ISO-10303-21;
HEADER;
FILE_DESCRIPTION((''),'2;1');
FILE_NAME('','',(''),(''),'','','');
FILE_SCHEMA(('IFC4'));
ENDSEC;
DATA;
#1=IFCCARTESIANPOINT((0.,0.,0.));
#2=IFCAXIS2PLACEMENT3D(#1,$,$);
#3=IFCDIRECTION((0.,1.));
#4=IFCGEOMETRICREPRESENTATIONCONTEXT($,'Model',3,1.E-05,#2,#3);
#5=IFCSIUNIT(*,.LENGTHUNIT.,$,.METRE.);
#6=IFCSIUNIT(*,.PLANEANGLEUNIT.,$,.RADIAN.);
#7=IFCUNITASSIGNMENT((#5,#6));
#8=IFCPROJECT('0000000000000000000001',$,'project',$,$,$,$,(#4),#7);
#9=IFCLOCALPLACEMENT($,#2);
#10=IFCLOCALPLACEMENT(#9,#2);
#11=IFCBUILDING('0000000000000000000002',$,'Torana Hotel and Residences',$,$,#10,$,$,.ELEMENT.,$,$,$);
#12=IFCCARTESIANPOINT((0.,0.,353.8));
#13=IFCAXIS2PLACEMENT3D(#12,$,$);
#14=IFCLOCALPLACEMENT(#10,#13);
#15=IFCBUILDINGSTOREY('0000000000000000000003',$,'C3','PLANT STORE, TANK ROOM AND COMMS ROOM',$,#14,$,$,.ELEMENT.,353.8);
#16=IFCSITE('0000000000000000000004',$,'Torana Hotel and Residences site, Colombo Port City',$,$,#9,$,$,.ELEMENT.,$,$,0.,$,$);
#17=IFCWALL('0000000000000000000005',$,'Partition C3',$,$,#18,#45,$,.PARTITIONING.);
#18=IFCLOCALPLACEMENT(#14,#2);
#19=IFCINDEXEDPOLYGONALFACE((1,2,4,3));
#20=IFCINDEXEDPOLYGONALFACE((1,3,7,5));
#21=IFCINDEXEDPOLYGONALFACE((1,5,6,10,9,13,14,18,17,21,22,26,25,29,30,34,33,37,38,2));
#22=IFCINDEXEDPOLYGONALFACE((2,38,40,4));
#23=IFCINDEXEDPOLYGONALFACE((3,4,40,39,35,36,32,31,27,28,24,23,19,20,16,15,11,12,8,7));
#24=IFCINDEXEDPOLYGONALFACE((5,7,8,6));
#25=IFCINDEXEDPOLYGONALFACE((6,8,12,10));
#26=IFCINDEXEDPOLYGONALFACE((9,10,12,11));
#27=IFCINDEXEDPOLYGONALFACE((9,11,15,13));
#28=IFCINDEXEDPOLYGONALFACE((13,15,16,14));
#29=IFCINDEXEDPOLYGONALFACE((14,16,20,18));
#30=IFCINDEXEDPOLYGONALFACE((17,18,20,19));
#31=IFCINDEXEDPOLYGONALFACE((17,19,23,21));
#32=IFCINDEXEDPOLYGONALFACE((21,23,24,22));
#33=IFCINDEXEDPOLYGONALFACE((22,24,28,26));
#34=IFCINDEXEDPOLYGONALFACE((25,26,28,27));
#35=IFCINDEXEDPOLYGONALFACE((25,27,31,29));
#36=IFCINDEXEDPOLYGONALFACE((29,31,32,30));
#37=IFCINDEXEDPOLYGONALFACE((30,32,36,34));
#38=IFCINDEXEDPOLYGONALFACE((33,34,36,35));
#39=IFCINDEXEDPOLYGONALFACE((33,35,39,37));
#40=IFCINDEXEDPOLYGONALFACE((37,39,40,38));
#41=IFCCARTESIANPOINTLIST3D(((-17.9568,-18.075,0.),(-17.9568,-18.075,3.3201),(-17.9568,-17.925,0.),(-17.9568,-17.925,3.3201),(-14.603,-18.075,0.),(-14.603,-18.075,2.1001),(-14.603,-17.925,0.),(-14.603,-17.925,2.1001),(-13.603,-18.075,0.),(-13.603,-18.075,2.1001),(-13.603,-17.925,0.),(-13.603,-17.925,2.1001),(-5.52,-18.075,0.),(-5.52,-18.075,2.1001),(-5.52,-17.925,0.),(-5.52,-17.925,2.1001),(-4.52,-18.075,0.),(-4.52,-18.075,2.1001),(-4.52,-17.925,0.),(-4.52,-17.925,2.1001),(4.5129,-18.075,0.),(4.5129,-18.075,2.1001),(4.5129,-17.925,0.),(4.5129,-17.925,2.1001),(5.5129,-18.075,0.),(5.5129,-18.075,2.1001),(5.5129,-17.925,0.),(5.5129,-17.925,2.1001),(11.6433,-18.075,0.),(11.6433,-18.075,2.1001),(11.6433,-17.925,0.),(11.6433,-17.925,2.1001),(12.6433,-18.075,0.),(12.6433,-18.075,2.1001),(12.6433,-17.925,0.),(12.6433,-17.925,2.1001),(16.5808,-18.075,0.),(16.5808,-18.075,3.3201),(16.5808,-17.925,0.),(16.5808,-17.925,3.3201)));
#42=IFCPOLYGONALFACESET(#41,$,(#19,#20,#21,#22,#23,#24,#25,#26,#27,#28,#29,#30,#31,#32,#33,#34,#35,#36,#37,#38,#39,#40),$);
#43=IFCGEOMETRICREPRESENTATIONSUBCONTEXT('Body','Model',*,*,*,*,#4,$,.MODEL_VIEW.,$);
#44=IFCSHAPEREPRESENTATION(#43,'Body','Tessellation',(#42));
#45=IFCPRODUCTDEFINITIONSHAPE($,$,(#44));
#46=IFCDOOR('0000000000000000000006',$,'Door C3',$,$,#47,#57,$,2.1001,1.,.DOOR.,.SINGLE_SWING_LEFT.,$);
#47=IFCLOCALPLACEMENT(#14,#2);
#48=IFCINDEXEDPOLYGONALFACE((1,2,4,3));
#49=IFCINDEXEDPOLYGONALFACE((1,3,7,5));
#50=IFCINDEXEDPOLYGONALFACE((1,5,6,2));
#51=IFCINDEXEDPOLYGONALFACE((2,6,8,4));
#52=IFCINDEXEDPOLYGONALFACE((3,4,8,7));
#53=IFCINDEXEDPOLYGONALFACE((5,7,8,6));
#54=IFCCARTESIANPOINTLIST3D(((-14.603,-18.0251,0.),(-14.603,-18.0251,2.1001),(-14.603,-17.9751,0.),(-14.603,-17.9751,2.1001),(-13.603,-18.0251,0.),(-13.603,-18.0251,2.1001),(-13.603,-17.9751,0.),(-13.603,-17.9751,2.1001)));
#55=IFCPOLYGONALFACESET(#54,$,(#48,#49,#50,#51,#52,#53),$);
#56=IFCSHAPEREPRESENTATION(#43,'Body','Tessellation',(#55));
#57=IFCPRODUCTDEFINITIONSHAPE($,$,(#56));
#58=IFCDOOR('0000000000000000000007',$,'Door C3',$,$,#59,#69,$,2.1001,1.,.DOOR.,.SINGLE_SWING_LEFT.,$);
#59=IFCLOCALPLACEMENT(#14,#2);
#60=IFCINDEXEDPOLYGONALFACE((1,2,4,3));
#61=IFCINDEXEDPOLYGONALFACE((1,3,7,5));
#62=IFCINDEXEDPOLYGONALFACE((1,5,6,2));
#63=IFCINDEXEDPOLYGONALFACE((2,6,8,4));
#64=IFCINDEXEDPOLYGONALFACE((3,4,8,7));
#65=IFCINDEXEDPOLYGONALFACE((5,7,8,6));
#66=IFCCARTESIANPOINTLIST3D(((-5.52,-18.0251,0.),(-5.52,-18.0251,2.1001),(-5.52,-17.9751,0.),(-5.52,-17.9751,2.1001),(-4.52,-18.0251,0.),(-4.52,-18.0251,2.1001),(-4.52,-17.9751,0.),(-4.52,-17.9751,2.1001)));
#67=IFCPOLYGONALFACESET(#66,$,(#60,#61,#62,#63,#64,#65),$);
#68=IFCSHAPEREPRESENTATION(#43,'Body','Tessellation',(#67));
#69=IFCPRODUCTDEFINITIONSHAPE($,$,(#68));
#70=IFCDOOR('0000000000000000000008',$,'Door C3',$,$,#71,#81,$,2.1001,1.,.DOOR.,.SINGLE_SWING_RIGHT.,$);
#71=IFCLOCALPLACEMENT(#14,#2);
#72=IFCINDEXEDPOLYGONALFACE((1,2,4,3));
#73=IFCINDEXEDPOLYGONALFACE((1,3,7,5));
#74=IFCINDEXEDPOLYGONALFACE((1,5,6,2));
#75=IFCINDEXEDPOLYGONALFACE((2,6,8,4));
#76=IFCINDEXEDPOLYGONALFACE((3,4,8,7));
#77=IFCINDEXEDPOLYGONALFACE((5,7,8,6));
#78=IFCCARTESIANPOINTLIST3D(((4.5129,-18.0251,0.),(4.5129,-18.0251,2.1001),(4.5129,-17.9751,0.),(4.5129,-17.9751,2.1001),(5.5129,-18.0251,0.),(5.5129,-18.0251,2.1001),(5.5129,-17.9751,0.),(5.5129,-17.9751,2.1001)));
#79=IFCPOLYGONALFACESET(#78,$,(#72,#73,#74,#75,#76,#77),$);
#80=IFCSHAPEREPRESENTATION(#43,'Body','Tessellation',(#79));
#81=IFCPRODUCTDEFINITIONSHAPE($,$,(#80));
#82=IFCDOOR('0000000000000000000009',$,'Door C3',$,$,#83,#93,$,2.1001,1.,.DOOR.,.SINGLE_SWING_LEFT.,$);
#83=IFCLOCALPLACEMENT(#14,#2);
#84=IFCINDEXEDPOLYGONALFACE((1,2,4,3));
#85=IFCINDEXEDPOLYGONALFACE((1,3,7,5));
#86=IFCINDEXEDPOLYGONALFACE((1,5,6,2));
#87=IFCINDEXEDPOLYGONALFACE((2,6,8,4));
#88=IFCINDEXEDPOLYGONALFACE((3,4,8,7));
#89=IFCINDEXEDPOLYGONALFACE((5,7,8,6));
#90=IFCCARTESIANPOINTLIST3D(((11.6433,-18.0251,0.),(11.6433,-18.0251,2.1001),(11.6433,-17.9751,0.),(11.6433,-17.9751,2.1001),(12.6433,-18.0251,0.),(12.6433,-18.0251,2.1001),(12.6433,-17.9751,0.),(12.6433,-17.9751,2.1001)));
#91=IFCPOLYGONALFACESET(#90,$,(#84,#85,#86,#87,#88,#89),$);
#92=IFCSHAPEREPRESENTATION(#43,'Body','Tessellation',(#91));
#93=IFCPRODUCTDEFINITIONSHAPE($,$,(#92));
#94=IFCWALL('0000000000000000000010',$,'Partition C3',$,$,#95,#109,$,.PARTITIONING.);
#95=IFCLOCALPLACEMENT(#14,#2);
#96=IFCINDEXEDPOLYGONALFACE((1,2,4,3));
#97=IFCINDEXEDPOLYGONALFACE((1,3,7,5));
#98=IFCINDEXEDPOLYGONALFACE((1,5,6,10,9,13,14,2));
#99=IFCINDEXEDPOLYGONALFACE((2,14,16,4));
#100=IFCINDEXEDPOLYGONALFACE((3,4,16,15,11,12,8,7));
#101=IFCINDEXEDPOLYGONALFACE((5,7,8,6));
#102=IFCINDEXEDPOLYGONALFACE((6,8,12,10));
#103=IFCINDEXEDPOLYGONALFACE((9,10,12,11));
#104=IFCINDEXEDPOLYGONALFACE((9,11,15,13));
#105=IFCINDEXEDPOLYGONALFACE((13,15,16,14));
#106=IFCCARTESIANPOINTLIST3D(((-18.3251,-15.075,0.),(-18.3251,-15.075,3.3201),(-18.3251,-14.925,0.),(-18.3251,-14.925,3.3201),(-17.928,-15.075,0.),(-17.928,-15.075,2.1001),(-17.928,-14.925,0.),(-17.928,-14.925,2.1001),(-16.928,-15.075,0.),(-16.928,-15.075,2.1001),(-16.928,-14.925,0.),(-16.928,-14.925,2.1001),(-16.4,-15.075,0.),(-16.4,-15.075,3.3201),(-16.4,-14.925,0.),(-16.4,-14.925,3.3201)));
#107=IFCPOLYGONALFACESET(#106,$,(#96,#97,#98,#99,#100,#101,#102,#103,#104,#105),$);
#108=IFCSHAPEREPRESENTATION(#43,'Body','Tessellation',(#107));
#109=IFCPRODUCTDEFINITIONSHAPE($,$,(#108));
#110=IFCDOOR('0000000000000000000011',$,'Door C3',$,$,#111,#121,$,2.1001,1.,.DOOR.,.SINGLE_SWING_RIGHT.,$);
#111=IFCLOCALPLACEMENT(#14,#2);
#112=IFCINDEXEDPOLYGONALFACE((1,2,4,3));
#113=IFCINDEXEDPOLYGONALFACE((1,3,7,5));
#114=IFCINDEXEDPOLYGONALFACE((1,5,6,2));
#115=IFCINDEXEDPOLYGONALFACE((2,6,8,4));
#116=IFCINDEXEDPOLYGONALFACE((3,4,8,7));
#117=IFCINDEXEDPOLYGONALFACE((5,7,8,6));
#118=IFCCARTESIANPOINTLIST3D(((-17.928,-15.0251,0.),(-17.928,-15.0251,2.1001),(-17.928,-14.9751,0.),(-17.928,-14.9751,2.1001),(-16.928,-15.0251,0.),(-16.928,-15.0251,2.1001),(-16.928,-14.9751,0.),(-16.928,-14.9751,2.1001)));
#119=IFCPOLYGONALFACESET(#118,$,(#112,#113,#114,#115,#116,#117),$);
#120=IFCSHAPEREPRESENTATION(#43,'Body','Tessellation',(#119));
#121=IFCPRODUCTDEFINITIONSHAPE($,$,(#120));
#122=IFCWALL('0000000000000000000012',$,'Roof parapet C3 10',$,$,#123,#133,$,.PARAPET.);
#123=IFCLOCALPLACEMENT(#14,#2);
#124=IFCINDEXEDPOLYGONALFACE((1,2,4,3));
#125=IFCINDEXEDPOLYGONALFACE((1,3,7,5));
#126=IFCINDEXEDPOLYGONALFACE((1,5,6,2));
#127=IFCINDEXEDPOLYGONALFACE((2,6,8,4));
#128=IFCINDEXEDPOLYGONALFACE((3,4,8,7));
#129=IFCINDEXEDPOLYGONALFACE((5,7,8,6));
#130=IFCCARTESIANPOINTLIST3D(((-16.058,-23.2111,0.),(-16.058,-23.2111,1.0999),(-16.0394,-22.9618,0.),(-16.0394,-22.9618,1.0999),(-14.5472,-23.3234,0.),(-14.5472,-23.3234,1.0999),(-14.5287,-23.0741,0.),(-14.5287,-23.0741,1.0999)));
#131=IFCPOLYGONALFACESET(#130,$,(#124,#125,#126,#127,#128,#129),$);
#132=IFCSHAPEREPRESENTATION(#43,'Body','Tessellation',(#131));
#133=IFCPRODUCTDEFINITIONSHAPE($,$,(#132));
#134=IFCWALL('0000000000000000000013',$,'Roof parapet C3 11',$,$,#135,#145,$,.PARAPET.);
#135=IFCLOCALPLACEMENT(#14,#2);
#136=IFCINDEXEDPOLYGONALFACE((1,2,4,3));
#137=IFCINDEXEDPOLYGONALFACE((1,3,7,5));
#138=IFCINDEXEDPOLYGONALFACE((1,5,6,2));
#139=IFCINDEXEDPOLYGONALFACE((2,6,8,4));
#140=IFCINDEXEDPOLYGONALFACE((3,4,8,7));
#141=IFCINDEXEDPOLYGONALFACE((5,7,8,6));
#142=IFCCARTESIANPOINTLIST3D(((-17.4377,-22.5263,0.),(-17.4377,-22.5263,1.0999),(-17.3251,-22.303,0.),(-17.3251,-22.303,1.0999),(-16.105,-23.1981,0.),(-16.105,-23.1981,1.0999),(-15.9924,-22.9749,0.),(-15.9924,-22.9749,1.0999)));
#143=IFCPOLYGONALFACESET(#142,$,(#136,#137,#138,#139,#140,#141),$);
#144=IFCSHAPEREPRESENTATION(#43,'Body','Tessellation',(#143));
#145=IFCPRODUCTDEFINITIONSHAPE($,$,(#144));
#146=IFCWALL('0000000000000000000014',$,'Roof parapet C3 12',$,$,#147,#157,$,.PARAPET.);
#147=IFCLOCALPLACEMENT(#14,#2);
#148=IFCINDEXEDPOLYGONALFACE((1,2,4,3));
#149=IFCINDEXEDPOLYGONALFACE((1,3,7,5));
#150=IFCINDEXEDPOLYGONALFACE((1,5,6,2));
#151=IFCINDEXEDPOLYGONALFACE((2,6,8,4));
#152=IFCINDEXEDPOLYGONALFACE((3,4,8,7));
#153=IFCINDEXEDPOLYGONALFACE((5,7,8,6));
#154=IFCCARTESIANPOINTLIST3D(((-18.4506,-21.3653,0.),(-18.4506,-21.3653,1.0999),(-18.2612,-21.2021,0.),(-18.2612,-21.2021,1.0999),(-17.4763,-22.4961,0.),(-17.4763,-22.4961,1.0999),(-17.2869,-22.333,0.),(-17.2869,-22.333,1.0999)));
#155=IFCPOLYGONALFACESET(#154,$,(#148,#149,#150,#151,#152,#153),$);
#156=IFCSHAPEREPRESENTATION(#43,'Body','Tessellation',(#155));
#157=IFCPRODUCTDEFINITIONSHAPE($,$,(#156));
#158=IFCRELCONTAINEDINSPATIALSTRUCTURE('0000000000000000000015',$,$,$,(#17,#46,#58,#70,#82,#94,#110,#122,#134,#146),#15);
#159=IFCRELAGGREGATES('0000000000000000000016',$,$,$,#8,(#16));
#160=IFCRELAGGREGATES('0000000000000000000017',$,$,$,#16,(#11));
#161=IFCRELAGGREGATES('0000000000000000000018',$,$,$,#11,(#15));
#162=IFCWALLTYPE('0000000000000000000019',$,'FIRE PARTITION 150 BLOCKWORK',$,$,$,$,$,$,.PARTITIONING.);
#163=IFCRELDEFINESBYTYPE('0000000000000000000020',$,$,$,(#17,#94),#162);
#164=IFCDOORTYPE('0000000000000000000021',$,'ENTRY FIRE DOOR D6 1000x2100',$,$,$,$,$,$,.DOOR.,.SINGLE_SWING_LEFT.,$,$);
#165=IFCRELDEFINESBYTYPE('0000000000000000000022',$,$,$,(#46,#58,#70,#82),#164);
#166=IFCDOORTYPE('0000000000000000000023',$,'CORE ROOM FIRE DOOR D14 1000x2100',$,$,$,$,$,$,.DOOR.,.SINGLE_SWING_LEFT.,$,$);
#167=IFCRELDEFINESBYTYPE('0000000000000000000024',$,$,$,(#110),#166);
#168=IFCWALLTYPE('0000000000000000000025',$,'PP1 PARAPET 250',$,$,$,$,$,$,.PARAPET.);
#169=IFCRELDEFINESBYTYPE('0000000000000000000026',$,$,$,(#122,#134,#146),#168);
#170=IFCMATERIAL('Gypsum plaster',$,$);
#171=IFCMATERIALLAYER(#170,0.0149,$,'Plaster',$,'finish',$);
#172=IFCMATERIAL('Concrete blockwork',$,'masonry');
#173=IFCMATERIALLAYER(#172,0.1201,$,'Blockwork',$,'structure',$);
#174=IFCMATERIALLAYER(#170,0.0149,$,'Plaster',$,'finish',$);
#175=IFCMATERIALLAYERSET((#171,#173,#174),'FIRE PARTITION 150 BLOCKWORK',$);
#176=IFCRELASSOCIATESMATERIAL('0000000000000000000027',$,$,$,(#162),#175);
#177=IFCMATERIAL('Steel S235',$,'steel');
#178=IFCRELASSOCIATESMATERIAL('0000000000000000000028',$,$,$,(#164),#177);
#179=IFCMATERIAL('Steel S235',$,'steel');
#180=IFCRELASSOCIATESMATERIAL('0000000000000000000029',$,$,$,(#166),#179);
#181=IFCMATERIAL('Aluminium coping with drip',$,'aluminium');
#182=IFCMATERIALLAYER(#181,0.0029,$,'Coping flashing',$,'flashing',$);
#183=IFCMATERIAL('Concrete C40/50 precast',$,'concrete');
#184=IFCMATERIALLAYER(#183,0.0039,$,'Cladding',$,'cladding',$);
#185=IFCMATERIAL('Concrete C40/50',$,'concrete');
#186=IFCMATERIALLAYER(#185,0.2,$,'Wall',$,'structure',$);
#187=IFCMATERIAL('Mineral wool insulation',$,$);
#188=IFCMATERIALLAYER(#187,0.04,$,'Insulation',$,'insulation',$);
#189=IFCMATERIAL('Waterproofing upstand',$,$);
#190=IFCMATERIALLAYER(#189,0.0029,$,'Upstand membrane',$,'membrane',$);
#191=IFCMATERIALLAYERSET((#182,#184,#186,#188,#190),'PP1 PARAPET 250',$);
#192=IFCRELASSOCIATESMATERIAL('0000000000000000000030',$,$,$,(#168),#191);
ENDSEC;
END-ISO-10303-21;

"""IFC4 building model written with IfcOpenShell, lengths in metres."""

from ifc_helpers import new_model, si_unit, direction, frame, frame_2d, origin, place, context, subcontext, project, spatial, rectangle, extrude, material, layer, layer_set, type_object, element, fill, save


model = new_model("IFC4")

# Units and contexts
model_context = context("Model", 3, precision=1e-05, world=origin(), true_north=direction((0.0, 1.0)))
body_context = subcontext(model_context, "Body", "Model", "MODEL_VIEW")
ifc_project = project(units=[si_unit("LENGTHUNIT", "METRE"), si_unit("PLANEANGLEUNIT", "RADIAN")], contexts=[model_context])

# Site, building, storey
site_placement = place(None, origin())
site = spatial("IfcSite", under=ifc_project, at=site_placement, Name="Torana Hotel and Residences site, Colombo Port City", CompositionType="ELEMENT", RefElevation=0.0)
building_placement = place(site_placement, origin())
building = spatial("IfcBuilding", under=site, at=building_placement, Name="Torana Hotel and Residences", CompositionType="ELEMENT")
storey_placement = place(building_placement, frame((0.0, 0.0, 353.8)))
storey = spatial("IfcBuildingStorey", under=building, at=storey_placement, Name="C3", Description="PLANT STORE, TANK ROOM AND COMMS ROOM", CompositionType="ELEMENT", Elevation=353.8)

# Wall, openings, doors
ifc_material_1 = material(Name="Gypsum plaster")
ifc_layer_1 = layer(ifc_material_1, 0.0149, Name="Plaster", Category="finish")
ifc_material_2 = material(Name="Concrete blockwork", Category="masonry")
ifc_layer_2 = layer(ifc_material_2, 0.1201, Name="Blockwork", Category="structure")
ifc_layer_3 = layer(ifc_material_1, 0.0149, Name="Plaster", Category="finish")
ifc_layer_set_1 = layer_set([ifc_layer_1, ifc_layer_2, ifc_layer_3], Name="FIRE PARTITION 150 BLOCKWORK")
wall_type_1 = type_object("IfcWallType", Name="FIRE PARTITION 150 BLOCKWORK", PredefinedType="PARTITIONING", material=ifc_layer_set_1)
wall_1_placement = place(storey_placement, frame((-17.9568, -18.0, 0.0), z_axis=(0.0, 0.0, 1.0), x_axis=(1.0, 0.0, 0.0)))
wall_1 = element("IfcWall", 1, at=wall_1_placement, inside=storey, type_object=wall_type_1, Name="Partition C3", PredefinedType="PARTITIONING", context=body_context, shape_type="SweptSolid", body=[
    extrude(rectangle(XDim=34.5376, YDim=0.1499, at=frame_2d((17.2688, 0.0))), origin(), (0.0, 0.0, 1.0), 3.3201),
])
opening_1_placement = place(wall_1_placement, frame((3.3538, 0.0, 0.0)))
opening_1 = element("IfcOpeningElement", 2, at=opening_1_placement, cuts=wall_1, PredefinedType="OPENING", context=body_context, shape_type="SweptSolid", body=[
    extrude(rectangle(XDim=1.0, YDim=2.1001, at=frame_2d((0.5, 1.05))), frame((0.0, 0.085, 0.0), z_axis=(0.0, -1.0, 0.0), x_axis=(1.0, 0.0, 0.0)), (0.0, 0.0, 1.0), 0.1699),
])
opening_2_placement = place(wall_1_placement, frame((12.4368, 0.0, 0.0)))
opening_2 = element("IfcOpeningElement", 3, at=opening_2_placement, cuts=wall_1, PredefinedType="OPENING", context=body_context, shape_type="SweptSolid", body=[
    extrude(rectangle(XDim=1.0, YDim=2.1001, at=frame_2d((0.5, 1.05))), frame((0.0, 0.085, 0.0), z_axis=(0.0, -1.0, 0.0), x_axis=(1.0, 0.0, 0.0)), (0.0, 0.0, 1.0), 0.1699),
])
opening_3_placement = place(wall_1_placement, frame((22.4697, 0.0, 0.0)))
opening_3 = element("IfcOpeningElement", 4, at=opening_3_placement, cuts=wall_1, PredefinedType="OPENING", context=body_context, shape_type="SweptSolid", body=[
    extrude(rectangle(XDim=1.0, YDim=2.1001, at=frame_2d((0.5, 1.05))), frame((0.0, 0.085, 0.0), z_axis=(0.0, -1.0, 0.0), x_axis=(1.0, 0.0, 0.0)), (0.0, 0.0, 1.0), 0.1699),
])
opening_4_placement = place(wall_1_placement, frame((29.6001, 0.0, 0.0)))
opening_4 = element("IfcOpeningElement", 5, at=opening_4_placement, cuts=wall_1, PredefinedType="OPENING", context=body_context, shape_type="SweptSolid", body=[
    extrude(rectangle(XDim=1.0, YDim=2.1001, at=frame_2d((0.5, 1.05))), frame((0.0, 0.085, 0.0), z_axis=(0.0, -1.0, 0.0), x_axis=(1.0, 0.0, 0.0)), (0.0, 0.0, 1.0), 0.1699),
])
ifc_material_3 = material(Name="Steel S235", Category="steel")
door_type_1 = type_object("IfcDoorType", Name="ENTRY FIRE DOOR D6 1000x2100", OperationType="SINGLE_SWING_LEFT", PredefinedType="DOOR", material=ifc_material_3)
door_1_placement = place(opening_1_placement, frame((0.5, 0.0, 0.0), z_axis=(0.0, 0.0, 1.0), x_axis=(-1.0, 0.0, 0.0)))
door_1 = element("IfcDoor", 6, at=door_1_placement, inside=storey, type_object=door_type_1, Name="Door C3", OperationType="SINGLE_SWING_LEFT", OverallHeight=2.1001, OverallWidth=1.0, PredefinedType="DOOR", context=body_context, shape_type="SweptSolid", body=[
    extrude(rectangle(XDim=1.0, YDim=2.1001, at=frame_2d((0.0, 1.05))), frame((0.0, -0.0249, 0.0), z_axis=(0.0, 1.0, 0.0), x_axis=(-1.0, 0.0, 0.0)), (0.0, 0.0, 1.0), 0.05),
])
fill(opening_1, door_1)
door_2_placement = place(opening_2_placement, frame((0.5, 0.0, 0.0), z_axis=(0.0, 0.0, 1.0), x_axis=(-1.0, 0.0, 0.0)))
door_2 = element("IfcDoor", 7, at=door_2_placement, inside=storey, type_object=door_type_1, Name="Door C3", OperationType="SINGLE_SWING_LEFT", OverallHeight=2.1001, OverallWidth=1.0, PredefinedType="DOOR", context=body_context, shape_type="SweptSolid", body=[
    extrude(rectangle(XDim=1.0, YDim=2.1001, at=frame_2d((0.0, 1.05))), frame((0.0, -0.0249, 0.0), z_axis=(0.0, 1.0, 0.0), x_axis=(-1.0, 0.0, 0.0)), (0.0, 0.0, 1.0), 0.05),
])
fill(opening_2, door_2)
door_3_placement = place(opening_3_placement, frame((0.5, 0.0, 0.0), z_axis=(0.0, 0.0, 1.0), x_axis=(-1.0, 0.0, 0.0)))
door_3 = element("IfcDoor", 8, at=door_3_placement, inside=storey, type_object=door_type_1, Name="Door C3", OperationType="SINGLE_SWING_RIGHT", OverallHeight=2.1001, OverallWidth=1.0, PredefinedType="DOOR", context=body_context, shape_type="SweptSolid", body=[
    extrude(rectangle(XDim=1.0, YDim=2.1001, at=frame_2d((0.0, 1.05))), frame((0.0, -0.0249, 0.0), z_axis=(0.0, 1.0, 0.0), x_axis=(-1.0, 0.0, 0.0)), (0.0, 0.0, 1.0), 0.05),
])
fill(opening_3, door_3)
door_4_placement = place(opening_4_placement, frame((0.5, 0.0, 0.0), z_axis=(0.0, 0.0, 1.0), x_axis=(-1.0, 0.0, 0.0)))
door_4 = element("IfcDoor", 9, at=door_4_placement, inside=storey, type_object=door_type_1, Name="Door C3", OperationType="SINGLE_SWING_LEFT", OverallHeight=2.1001, OverallWidth=1.0, PredefinedType="DOOR", context=body_context, shape_type="SweptSolid", body=[
    extrude(rectangle(XDim=1.0, YDim=2.1001, at=frame_2d((0.0, 1.05))), frame((0.0, -0.0249, 0.0), z_axis=(0.0, 1.0, 0.0), x_axis=(-1.0, 0.0, 0.0)), (0.0, 0.0, 1.0), 0.05),
])
fill(opening_4, door_4)

# Wall, opening, door
wall_2_placement = place(storey_placement, frame((-18.325, -15.0, 0.0), z_axis=(0.0, 0.0, 1.0), x_axis=(1.0, 0.0, 0.0)))
wall_2 = element("IfcWall", 10, at=wall_2_placement, inside=storey, type_object=wall_type_1, Name="Partition C3", PredefinedType="PARTITIONING", context=body_context, shape_type="SweptSolid", body=[
    extrude(rectangle(XDim=1.925, YDim=0.1499, at=frame_2d((0.9624, 0.0))), origin(), (0.0, 0.0, 1.0), 3.3201),
])
opening_5_placement = place(wall_2_placement, frame((0.397, 0.0, 0.0)))
opening_5 = element("IfcOpeningElement", 11, at=opening_5_placement, cuts=wall_2, PredefinedType="OPENING", context=body_context, shape_type="SweptSolid", body=[
    extrude(rectangle(XDim=1.0, YDim=2.1001, at=frame_2d((0.5, 1.05))), frame((0.0, 0.085, 0.0), z_axis=(0.0, -1.0, 0.0), x_axis=(1.0, 0.0, 0.0)), (0.0, 0.0, 1.0), 0.1699),
])
ifc_material_4 = material(Name="Steel S235", Category="steel")
door_type_2 = type_object("IfcDoorType", Name="CORE ROOM FIRE DOOR D14 1000x2100", OperationType="SINGLE_SWING_LEFT", PredefinedType="DOOR", material=ifc_material_4)
door_5_placement = place(opening_5_placement, origin())
door_5 = element("IfcDoor", 12, at=door_5_placement, inside=storey, type_object=door_type_2, Name="Door C3", OperationType="SINGLE_SWING_RIGHT", OverallHeight=2.1001, OverallWidth=1.0, PredefinedType="DOOR", context=body_context, shape_type="SweptSolid", body=[
    extrude(rectangle(XDim=1.0, YDim=2.1001, at=frame_2d((0.5, 1.05))), frame((0.0, 0.0249, 0.0), z_axis=(0.0, -1.0, 0.0), x_axis=(1.0, 0.0, 0.0)), (0.0, 0.0, 1.0), 0.05),
])
fill(opening_5, door_5)

# Walls
ifc_material_5 = material(Name="Aluminium coping with drip", Category="aluminium")
ifc_layer_4 = layer(ifc_material_5, 0.0029, Name="Coping flashing", Category="flashing")
ifc_material_6 = material(Name="Concrete C40/50 precast", Category="concrete")
ifc_layer_5 = layer(ifc_material_6, 0.0039, Name="Cladding", Category="cladding")
ifc_material_7 = material(Name="Concrete C40/50", Category="concrete")
ifc_layer_6 = layer(ifc_material_7, 0.2, Name="Wall", Category="structure")
ifc_material_8 = material(Name="Mineral wool insulation")
ifc_layer_7 = layer(ifc_material_8, 0.04, Name="Insulation", Category="insulation")
ifc_material_9 = material(Name="Waterproofing upstand")
ifc_layer_8 = layer(ifc_material_9, 0.0029, Name="Upstand membrane", Category="membrane")
ifc_layer_set_2 = layer_set([ifc_layer_4, ifc_layer_5, ifc_layer_6, ifc_layer_7, ifc_layer_8], Name="PP1 PARAPET 250")
wall_type_2 = type_object("IfcWallType", Name="PP1 PARAPET 250", PredefinedType="PARAPET", material=ifc_layer_set_2)
wall_3_placement = place(storey_placement, frame((-14.5381, -23.1987, 0.0), z_axis=(0.0, 0.0, 1.0), x_axis=(-0.997248, 0.074133, 0.0)))
element("IfcWall", 13, at=wall_3_placement, inside=storey, type_object=wall_type_2, Name="Roof parapet C3 10", PredefinedType="PARAPET", context=body_context, shape_type="SweptSolid", body=[
    extrude(rectangle(XDim=1.5149, YDim=0.25, at=frame_2d((0.7573, 0.0))), origin(), (0.0, 0.0, 1.0), 1.0999),
])
wall_4_placement = place(storey_placement, frame((-16.0488, -23.0864, 0.0), z_axis=(0.0, 0.0, 1.0), x_axis=(-0.89295, 0.450156, 0.0)))
element("IfcWall", 14, at=wall_4_placement, inside=storey, type_object=wall_type_2, Name="Roof parapet C3 11", PredefinedType="PARAPET", context=body_context, shape_type="SweptSolid", body=[
    extrude(rectangle(XDim=1.4924, YDim=0.25, at=frame_2d((0.7461, 0.0))), origin(), (0.0, 0.0, 1.0), 1.0999),
])
wall_5_placement = place(storey_placement, frame((-17.3816, -22.4146, 0.0), z_axis=(0.0, 0.0, 1.0), x_axis=(-0.652742, 0.75758, 0.0)))
element("IfcWall", 15, at=wall_5_placement, inside=storey, type_object=wall_type_2, Name="Roof parapet C3 12", PredefinedType="PARAPET", context=body_context, shape_type="SweptSolid", body=[
    extrude(rectangle(XDim=1.4927, YDim=0.25, at=frame_2d((0.7463, 0.0))), origin(), (0.0, 0.0, 1.0), 1.0999),
])

save(model, "model.ifc")
